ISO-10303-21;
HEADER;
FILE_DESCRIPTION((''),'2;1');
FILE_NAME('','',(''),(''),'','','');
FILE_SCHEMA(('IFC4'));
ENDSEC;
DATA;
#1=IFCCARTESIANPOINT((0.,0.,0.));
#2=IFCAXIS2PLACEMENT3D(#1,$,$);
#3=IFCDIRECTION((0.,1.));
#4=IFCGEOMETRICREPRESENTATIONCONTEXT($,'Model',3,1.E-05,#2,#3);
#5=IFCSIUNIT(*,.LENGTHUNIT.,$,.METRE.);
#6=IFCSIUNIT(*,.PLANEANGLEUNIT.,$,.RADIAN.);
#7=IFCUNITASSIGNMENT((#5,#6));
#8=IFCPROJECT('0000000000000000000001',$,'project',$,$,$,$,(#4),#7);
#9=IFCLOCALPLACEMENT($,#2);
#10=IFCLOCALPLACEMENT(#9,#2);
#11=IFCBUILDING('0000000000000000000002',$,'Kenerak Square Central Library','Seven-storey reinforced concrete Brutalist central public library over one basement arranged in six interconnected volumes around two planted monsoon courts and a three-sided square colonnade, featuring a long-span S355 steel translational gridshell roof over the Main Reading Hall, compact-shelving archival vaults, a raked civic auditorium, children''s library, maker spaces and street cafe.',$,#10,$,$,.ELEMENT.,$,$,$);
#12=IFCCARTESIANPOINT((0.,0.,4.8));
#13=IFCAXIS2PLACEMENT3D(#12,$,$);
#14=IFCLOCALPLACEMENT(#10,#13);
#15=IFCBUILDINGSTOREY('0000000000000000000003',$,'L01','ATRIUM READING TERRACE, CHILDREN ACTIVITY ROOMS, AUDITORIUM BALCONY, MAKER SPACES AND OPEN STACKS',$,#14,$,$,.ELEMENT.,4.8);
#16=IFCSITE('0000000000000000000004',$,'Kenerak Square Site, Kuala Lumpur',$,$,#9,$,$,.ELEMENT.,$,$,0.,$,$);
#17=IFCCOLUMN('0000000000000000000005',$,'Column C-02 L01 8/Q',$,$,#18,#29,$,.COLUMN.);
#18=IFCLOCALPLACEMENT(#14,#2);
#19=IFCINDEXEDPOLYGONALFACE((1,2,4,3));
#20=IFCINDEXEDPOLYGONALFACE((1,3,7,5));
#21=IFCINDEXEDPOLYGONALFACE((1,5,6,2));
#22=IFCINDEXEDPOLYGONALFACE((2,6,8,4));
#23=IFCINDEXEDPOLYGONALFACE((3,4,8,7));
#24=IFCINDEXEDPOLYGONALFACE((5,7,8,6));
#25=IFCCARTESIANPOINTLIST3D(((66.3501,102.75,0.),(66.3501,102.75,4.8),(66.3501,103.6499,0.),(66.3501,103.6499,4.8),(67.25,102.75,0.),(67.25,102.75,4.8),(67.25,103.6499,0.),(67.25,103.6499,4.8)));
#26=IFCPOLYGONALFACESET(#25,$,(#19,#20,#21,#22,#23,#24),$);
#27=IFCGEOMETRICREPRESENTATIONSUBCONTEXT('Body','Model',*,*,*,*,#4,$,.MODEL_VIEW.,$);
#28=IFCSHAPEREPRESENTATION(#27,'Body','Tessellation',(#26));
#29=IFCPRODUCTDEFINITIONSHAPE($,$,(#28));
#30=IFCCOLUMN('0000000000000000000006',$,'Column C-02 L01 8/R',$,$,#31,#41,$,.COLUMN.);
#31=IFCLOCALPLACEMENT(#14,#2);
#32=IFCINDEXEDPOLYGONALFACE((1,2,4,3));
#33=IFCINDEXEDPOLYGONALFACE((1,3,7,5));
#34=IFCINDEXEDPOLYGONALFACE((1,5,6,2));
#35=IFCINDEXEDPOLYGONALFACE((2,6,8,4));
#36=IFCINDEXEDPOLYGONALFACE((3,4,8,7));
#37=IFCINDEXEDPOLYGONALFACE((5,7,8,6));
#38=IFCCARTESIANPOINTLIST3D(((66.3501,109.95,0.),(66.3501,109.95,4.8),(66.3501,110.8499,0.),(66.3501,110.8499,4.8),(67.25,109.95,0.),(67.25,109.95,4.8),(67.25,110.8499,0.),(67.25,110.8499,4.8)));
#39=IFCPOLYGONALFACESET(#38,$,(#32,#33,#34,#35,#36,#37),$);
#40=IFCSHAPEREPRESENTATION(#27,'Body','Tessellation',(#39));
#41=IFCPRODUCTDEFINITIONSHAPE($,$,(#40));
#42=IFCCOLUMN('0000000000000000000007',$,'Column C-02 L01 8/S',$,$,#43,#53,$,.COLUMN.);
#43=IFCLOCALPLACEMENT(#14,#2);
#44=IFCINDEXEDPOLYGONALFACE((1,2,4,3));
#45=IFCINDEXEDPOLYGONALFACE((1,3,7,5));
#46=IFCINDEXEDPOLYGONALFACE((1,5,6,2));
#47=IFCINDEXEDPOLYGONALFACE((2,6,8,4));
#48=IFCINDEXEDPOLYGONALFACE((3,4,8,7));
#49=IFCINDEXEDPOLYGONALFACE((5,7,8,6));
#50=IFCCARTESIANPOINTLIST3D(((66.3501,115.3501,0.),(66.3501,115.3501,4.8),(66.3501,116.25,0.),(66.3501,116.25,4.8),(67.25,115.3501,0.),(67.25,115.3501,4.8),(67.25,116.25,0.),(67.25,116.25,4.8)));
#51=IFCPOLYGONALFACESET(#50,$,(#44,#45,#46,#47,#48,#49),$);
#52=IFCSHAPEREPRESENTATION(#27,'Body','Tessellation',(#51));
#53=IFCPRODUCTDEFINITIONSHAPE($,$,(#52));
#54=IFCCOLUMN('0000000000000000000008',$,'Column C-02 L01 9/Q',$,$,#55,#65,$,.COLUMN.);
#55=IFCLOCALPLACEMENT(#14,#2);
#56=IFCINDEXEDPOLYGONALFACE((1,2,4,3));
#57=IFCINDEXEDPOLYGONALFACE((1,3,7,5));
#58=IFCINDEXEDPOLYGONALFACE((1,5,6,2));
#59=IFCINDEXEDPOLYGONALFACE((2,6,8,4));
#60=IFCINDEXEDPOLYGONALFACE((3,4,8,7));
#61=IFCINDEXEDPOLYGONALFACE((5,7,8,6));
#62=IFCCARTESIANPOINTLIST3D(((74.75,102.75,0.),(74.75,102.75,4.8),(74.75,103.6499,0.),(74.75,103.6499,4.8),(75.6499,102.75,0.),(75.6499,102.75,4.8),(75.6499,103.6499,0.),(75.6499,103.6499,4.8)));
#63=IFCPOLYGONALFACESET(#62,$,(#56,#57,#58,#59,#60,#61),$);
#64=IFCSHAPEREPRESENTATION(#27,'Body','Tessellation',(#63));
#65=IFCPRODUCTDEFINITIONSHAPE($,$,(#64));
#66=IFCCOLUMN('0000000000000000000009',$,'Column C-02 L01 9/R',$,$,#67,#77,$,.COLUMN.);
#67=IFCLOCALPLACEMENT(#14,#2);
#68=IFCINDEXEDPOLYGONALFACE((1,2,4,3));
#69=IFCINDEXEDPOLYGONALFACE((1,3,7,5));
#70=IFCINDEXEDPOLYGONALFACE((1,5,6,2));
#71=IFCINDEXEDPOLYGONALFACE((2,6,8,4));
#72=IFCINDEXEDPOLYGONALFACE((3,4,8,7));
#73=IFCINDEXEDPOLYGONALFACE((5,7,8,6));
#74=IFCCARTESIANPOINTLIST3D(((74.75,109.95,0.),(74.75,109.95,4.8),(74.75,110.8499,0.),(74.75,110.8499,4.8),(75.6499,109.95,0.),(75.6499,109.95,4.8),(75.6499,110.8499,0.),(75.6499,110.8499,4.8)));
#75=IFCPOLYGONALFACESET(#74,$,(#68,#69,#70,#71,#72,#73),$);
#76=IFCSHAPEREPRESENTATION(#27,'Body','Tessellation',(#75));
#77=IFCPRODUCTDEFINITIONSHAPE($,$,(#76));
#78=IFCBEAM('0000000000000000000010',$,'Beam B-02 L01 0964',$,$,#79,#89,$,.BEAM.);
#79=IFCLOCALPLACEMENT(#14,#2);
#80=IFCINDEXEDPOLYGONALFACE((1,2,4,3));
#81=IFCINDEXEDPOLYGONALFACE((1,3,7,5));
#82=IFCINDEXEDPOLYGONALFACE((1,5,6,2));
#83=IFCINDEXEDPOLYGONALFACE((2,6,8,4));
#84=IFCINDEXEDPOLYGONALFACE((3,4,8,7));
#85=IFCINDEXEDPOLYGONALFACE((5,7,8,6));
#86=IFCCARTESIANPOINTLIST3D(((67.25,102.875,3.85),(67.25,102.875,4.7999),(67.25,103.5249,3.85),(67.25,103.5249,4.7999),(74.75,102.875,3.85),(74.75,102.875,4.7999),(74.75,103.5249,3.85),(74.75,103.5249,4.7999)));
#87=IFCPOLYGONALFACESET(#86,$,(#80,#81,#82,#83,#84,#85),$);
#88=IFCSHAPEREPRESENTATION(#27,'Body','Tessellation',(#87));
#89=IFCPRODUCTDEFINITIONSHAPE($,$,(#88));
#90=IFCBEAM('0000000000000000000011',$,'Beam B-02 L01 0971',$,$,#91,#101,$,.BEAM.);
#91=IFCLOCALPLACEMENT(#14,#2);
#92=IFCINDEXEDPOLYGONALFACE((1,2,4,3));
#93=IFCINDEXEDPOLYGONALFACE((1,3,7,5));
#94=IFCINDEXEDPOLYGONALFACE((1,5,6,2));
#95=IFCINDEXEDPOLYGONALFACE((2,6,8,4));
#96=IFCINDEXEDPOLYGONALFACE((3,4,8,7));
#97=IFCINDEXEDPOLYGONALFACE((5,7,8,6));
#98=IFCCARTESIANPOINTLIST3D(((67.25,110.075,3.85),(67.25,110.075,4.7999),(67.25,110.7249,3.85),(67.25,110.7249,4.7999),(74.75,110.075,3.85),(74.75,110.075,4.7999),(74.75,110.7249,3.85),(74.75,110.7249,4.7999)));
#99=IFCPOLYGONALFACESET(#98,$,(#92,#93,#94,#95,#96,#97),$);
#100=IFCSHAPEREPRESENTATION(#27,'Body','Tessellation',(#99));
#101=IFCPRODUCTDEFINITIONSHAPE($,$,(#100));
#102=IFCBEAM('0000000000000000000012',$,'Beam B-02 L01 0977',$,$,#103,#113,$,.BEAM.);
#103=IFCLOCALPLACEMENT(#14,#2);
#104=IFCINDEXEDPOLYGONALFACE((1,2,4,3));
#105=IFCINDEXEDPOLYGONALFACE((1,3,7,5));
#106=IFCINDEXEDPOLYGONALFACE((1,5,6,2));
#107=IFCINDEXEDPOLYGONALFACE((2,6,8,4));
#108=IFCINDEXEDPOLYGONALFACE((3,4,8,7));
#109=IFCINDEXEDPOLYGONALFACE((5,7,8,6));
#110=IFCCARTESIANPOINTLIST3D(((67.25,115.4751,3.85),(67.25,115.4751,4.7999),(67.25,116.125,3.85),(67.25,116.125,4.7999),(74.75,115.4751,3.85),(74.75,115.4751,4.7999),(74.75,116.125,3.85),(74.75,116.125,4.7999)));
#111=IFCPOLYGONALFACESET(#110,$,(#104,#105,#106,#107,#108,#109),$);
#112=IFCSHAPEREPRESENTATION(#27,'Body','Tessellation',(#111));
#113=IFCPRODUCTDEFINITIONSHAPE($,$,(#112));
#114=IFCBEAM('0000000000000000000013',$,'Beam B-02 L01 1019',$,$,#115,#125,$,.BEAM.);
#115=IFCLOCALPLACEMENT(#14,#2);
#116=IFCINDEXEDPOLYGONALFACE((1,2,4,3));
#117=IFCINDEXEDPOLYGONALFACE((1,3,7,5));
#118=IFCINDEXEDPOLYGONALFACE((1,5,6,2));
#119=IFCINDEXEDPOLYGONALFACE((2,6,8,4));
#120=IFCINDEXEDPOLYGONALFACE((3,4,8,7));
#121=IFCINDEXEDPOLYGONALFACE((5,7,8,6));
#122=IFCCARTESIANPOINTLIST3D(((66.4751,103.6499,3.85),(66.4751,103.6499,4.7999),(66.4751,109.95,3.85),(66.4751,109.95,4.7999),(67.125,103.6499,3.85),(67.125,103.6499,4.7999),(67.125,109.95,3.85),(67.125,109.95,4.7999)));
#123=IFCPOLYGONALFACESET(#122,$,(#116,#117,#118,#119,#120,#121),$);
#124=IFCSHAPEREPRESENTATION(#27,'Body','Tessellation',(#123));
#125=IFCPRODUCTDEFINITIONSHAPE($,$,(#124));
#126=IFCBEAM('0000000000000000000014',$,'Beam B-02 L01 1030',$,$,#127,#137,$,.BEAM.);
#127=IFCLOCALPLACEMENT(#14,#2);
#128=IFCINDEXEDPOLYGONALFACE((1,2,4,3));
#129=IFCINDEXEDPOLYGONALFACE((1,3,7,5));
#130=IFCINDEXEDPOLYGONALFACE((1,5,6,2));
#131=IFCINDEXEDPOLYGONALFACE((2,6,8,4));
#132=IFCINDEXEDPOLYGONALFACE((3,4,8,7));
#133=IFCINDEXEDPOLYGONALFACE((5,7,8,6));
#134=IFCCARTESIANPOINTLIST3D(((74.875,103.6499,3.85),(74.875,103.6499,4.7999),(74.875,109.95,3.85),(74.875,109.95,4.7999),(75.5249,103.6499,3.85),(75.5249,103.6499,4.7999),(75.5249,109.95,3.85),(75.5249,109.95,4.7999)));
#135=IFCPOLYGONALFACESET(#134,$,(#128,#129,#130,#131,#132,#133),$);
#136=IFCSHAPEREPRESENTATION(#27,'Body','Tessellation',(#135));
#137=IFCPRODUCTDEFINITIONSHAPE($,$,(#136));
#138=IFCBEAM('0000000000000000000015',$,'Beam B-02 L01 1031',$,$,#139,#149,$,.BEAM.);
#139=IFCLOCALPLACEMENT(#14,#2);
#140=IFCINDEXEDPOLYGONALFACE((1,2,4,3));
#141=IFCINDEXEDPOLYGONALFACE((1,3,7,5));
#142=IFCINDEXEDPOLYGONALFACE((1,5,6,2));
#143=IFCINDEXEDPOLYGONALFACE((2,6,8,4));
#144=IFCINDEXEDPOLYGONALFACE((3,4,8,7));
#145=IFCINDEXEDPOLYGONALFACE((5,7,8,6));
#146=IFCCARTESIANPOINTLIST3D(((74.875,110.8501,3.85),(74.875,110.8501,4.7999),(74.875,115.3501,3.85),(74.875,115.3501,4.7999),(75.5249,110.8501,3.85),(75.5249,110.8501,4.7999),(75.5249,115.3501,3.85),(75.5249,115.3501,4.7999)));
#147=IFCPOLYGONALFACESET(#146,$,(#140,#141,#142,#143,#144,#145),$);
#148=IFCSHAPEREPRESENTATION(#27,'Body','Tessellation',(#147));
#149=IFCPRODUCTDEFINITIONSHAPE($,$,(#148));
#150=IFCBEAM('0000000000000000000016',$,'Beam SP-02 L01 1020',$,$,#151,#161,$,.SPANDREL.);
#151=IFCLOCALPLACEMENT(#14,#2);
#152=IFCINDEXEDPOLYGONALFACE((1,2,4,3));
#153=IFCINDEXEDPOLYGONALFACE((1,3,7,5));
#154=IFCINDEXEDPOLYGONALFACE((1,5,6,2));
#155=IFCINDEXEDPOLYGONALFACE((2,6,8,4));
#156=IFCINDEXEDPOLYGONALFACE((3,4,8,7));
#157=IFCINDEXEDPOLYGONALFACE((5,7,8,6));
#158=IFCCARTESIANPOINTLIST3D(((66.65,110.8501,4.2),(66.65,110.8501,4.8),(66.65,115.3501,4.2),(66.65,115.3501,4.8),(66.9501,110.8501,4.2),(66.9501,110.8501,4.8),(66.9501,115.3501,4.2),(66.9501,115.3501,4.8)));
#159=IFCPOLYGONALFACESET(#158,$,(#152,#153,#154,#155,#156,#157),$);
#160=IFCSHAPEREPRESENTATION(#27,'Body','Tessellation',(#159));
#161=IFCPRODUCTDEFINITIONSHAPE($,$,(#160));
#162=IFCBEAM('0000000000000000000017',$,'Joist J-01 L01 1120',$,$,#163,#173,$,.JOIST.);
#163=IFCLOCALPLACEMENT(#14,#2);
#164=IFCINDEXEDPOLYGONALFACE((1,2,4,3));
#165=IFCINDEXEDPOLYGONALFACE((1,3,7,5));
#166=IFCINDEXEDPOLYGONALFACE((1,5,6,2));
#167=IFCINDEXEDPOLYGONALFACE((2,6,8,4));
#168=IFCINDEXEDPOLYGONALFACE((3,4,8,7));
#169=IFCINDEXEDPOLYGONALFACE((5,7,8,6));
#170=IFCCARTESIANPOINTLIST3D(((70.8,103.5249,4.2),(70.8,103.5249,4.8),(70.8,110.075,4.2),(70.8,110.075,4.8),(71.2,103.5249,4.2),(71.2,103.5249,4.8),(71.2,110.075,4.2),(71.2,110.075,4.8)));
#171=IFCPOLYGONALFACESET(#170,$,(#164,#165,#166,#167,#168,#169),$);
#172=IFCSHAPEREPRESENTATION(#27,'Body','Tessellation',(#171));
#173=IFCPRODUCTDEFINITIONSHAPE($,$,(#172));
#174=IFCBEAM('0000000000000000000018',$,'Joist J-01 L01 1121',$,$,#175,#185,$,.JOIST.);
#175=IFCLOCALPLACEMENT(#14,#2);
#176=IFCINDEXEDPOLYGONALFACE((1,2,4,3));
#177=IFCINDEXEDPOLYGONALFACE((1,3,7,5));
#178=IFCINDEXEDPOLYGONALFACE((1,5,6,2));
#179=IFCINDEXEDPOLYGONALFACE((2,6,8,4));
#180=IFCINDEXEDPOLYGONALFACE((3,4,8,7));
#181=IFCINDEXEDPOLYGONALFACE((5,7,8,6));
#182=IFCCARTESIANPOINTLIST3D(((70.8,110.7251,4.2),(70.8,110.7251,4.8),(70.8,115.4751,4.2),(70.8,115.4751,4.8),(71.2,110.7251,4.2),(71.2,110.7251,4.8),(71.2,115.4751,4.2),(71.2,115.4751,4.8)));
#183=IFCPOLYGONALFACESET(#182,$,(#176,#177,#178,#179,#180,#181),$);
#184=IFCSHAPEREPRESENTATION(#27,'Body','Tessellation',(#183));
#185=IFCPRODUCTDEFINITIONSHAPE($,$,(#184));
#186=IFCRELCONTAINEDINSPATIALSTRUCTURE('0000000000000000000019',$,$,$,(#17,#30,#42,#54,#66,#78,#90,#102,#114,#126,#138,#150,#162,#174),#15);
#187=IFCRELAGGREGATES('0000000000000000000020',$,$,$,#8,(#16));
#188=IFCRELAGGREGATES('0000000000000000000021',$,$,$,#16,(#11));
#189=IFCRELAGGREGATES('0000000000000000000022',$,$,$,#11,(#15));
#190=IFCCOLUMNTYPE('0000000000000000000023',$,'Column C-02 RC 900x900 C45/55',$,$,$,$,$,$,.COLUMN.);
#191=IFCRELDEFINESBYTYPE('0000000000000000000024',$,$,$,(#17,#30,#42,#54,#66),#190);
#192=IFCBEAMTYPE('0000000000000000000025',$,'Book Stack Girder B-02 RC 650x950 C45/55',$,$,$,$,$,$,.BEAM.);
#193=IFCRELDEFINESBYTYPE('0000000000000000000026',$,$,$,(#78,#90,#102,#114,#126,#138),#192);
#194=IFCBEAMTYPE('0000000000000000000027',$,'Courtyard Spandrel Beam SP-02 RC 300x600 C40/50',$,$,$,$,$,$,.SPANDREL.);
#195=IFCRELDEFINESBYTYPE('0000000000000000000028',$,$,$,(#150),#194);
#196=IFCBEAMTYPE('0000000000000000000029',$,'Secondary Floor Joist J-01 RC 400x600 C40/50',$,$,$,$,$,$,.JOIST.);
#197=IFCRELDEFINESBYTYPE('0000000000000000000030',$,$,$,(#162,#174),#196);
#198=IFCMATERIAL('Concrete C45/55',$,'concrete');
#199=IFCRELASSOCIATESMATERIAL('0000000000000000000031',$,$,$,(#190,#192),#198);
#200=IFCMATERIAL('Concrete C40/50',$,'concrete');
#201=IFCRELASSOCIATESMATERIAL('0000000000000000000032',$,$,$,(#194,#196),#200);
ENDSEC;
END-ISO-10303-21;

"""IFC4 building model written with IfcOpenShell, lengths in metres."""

from ifc_helpers import new_model, si_unit, direction, frame, origin, origin_2d, place, context, subcontext, project, spatial, rectangle, extrude, material, material_profile, profile_set, type_object, element, save


model = new_model("IFC4")

# Units and contexts
model_context = context("Model", 3, precision=1e-05, world=origin(), true_north=direction((0.0, 1.0)))
body_context = subcontext(model_context, "Body", "Model", "MODEL_VIEW")
ifc_project = project(units=[si_unit("LENGTHUNIT", "METRE"), si_unit("PLANEANGLEUNIT", "RADIAN")], contexts=[model_context])

# Site, building, storey
site_placement = place(None, origin())
site = spatial("IfcSite", under=ifc_project, at=site_placement, Name="Kenerak Square Site, Kuala Lumpur", CompositionType="ELEMENT", RefElevation=0.0)
building_placement = place(site_placement, origin())
building = spatial("IfcBuilding", under=site, at=building_placement, Name="Kenerak Square Central Library", Description="Seven-storey reinforced concrete Brutalist central public library over one basement arranged in six interconnected volumes around two planted monsoon courts and a three-sided square colonnade, featuring a long-span S355 steel translational gridshell roof over the Main Reading Hall, compact-shelving archival vaults, a raked civic auditorium, children's library, maker spaces and street cafe.", CompositionType="ELEMENT")
storey_placement = place(building_placement, frame((0.0, 0.0, 4.8)))
storey = spatial("IfcBuildingStorey", under=building, at=storey_placement, Name="L01", Description="ATRIUM READING TERRACE, CHILDREN ACTIVITY ROOMS, AUDITORIUM BALCONY, MAKER SPACES AND OPEN STACKS", CompositionType="ELEMENT", Elevation=4.8)

# Columns
ifc_material_1 = material(Name="Concrete C45/55", Category="concrete")
ifc_material_profile_1 = material_profile(ifc_material_1, rectangle(XDim=0.8999, YDim=0.8999, at=origin_2d()), Name="RC 900x900")
ifc_profile_set_1 = profile_set([ifc_material_profile_1], Name="Concrete C45/55")
column_type = type_object("IfcColumnType", Name="Column C-02 RC 900x900 C45/55", PredefinedType="COLUMN", material=ifc_profile_set_1)
for number, where, z_axis, x_axis, name in (
    (1, (66.8, 103.2, 0.0), (0.0, 0.0, 1.0), (1.0, 0.0, 0.0), "Column C-02 L01 8/Q"),
    (2, (66.8, 110.3999, 0.0), (0.0, 0.0, 1.0), (1.0, 0.0, 0.0), "Column C-02 L01 8/R"),
    (3, (66.8, 115.8, 0.0), (0.0, 0.0, 1.0), (1.0, 0.0, 0.0), "Column C-02 L01 8/S"),
    (4, (75.2, 103.2, 0.0), (0.0, 0.0, 1.0), (1.0, 0.0, 0.0), "Column C-02 L01 9/Q"),
    (5, (75.2, 110.3999, 0.0), (0.0, 0.0, 1.0), (1.0, 0.0, 0.0), "Column C-02 L01 9/R"),
):
    element("IfcColumn", number, at=place(storey_placement, frame(where, z_axis=z_axis, x_axis=x_axis)), inside=storey, type_object=column_type, Name=name, PredefinedType="COLUMN", context=body_context, shape_type="SweptSolid", body=[
        extrude(rectangle(XDim=0.8999, YDim=0.8999, at=origin_2d()), origin(), (0.0, 0.0, 1.0), 4.8),
    ])

# Beams
ifc_material_profile_2 = material_profile(ifc_material_1, rectangle(XDim=0.6499, YDim=0.95, at=origin_2d()), Name="RC 650x950")
ifc_profile_set_2 = profile_set([ifc_material_profile_2], Name="Concrete C45/55")
beam_type_1 = type_object("IfcBeamType", Name="Book Stack Girder B-02 RC 650x950 C45/55", PredefinedType="BEAM", material=ifc_profile_set_2)
for number, where, z_axis, x_axis, name in (
    (6, (67.25, 103.2, 4.325), (1.0, 0.0, 0.0), (0.0, 1.0, 0.0), "Beam B-02 L01 0964"),
    (7, (67.25, 110.3999, 4.325), (1.0, 0.0, 0.0), (0.0, 1.0, 0.0), "Beam B-02 L01 0971"),
    (8, (67.25, 115.8, 4.325), (1.0, 0.0, 0.0), (0.0, 1.0, 0.0), "Beam B-02 L01 0977"),
):
    element("IfcBeam", number, at=place(storey_placement, frame(where, z_axis=z_axis, x_axis=x_axis)), inside=storey, type_object=beam_type_1, Name=name, PredefinedType="BEAM", context=body_context, shape_type="SweptSolid", body=[
        extrude(rectangle(XDim=0.6499, YDim=0.95, at=origin_2d()), origin(), (0.0, 0.0, 1.0), 7.5),
    ])
for number, where, z_axis, x_axis, name in (
    (9, (66.8, 103.6499, 4.325), (0.0, 1.0, 0.0), (-1.0, 0.0, 0.0), "Beam B-02 L01 1019"),
    (10, (75.2, 103.6499, 4.325), (0.0, 1.0, 0.0), (-1.0, 0.0, 0.0), "Beam B-02 L01 1030"),
):
    element("IfcBeam", number, at=place(storey_placement, frame(where, z_axis=z_axis, x_axis=x_axis)), inside=storey, type_object=beam_type_1, Name=name, PredefinedType="BEAM", context=body_context, shape_type="SweptSolid", body=[
        extrude(rectangle(XDim=0.6499, YDim=0.95, at=origin_2d()), origin(), (0.0, 0.0, 1.0), 6.3),
    ])
beam_1_placement = place(storey_placement, frame((75.2, 110.8501, 4.325), z_axis=(0.0, 1.0, 0.0), x_axis=(-1.0, 0.0, 0.0)))
element("IfcBeam", 11, at=beam_1_placement, inside=storey, type_object=beam_type_1, Name="Beam B-02 L01 1031", PredefinedType="BEAM", context=body_context, shape_type="SweptSolid", body=[
    extrude(rectangle(XDim=0.6499, YDim=0.95, at=origin_2d()), origin(), (0.0, 0.0, 1.0), 4.5),
])
ifc_material_2 = material(Name="Concrete C40/50", Category="concrete")
ifc_material_profile_3 = material_profile(ifc_material_2, rectangle(XDim=0.3, YDim=0.6001, at=origin_2d()), Name="RC 300x600")
ifc_profile_set_3 = profile_set([ifc_material_profile_3], Name="Concrete C40/50")
beam_type_2 = type_object("IfcBeamType", Name="Courtyard Spandrel Beam SP-02 RC 300x600 C40/50", PredefinedType="SPANDREL", material=ifc_profile_set_3)
beam_2_placement = place(storey_placement, frame((66.8, 110.8501, 4.5), z_axis=(0.0, 1.0, 0.0), x_axis=(-1.0, 0.0, 0.0)))
element("IfcBeam", 12, at=beam_2_placement, inside=storey, type_object=beam_type_2, Name="Beam SP-02 L01 1020", PredefinedType="SPANDREL", context=body_context, shape_type="SweptSolid", body=[
    extrude(rectangle(XDim=0.3, YDim=0.6001, at=origin_2d()), origin(), (0.0, 0.0, 1.0), 4.5),
])
ifc_material_profile_4 = material_profile(ifc_material_2, rectangle(XDim=0.3999, YDim=0.6001, at=origin_2d()), Name="RC 400x600")
ifc_profile_set_4 = profile_set([ifc_material_profile_4], Name="Concrete C40/50")
beam_type_3 = type_object("IfcBeamType", Name="Secondary Floor Joist J-01 RC 400x600 C40/50", PredefinedType="JOIST", material=ifc_profile_set_4)
beam_3_placement = place(storey_placement, frame((71.0, 103.5249, 4.5), z_axis=(0.0, 1.0, 0.0), x_axis=(-1.0, 0.0, 0.0)))
element("IfcBeam", 13, at=beam_3_placement, inside=storey, type_object=beam_type_3, Name="Joist J-01 L01 1120", PredefinedType="JOIST", context=body_context, shape_type="SweptSolid", body=[
    extrude(rectangle(XDim=0.3999, YDim=0.6001, at=origin_2d()), origin(), (0.0, 0.0, 1.0), 6.55),
])
beam_4_placement = place(storey_placement, frame((71.0, 110.7251, 4.5), z_axis=(0.0, 1.0, 0.0), x_axis=(-1.0, 0.0, 0.0)))
element("IfcBeam", 14, at=beam_4_placement, inside=storey, type_object=beam_type_3, Name="Joist J-01 L01 1121", PredefinedType="JOIST", context=body_context, shape_type="SweptSolid", body=[
    extrude(rectangle(XDim=0.3999, YDim=0.6001, at=origin_2d()), origin(), (0.0, 0.0, 1.0), 4.75),
])

save(model, "model.ifc")
